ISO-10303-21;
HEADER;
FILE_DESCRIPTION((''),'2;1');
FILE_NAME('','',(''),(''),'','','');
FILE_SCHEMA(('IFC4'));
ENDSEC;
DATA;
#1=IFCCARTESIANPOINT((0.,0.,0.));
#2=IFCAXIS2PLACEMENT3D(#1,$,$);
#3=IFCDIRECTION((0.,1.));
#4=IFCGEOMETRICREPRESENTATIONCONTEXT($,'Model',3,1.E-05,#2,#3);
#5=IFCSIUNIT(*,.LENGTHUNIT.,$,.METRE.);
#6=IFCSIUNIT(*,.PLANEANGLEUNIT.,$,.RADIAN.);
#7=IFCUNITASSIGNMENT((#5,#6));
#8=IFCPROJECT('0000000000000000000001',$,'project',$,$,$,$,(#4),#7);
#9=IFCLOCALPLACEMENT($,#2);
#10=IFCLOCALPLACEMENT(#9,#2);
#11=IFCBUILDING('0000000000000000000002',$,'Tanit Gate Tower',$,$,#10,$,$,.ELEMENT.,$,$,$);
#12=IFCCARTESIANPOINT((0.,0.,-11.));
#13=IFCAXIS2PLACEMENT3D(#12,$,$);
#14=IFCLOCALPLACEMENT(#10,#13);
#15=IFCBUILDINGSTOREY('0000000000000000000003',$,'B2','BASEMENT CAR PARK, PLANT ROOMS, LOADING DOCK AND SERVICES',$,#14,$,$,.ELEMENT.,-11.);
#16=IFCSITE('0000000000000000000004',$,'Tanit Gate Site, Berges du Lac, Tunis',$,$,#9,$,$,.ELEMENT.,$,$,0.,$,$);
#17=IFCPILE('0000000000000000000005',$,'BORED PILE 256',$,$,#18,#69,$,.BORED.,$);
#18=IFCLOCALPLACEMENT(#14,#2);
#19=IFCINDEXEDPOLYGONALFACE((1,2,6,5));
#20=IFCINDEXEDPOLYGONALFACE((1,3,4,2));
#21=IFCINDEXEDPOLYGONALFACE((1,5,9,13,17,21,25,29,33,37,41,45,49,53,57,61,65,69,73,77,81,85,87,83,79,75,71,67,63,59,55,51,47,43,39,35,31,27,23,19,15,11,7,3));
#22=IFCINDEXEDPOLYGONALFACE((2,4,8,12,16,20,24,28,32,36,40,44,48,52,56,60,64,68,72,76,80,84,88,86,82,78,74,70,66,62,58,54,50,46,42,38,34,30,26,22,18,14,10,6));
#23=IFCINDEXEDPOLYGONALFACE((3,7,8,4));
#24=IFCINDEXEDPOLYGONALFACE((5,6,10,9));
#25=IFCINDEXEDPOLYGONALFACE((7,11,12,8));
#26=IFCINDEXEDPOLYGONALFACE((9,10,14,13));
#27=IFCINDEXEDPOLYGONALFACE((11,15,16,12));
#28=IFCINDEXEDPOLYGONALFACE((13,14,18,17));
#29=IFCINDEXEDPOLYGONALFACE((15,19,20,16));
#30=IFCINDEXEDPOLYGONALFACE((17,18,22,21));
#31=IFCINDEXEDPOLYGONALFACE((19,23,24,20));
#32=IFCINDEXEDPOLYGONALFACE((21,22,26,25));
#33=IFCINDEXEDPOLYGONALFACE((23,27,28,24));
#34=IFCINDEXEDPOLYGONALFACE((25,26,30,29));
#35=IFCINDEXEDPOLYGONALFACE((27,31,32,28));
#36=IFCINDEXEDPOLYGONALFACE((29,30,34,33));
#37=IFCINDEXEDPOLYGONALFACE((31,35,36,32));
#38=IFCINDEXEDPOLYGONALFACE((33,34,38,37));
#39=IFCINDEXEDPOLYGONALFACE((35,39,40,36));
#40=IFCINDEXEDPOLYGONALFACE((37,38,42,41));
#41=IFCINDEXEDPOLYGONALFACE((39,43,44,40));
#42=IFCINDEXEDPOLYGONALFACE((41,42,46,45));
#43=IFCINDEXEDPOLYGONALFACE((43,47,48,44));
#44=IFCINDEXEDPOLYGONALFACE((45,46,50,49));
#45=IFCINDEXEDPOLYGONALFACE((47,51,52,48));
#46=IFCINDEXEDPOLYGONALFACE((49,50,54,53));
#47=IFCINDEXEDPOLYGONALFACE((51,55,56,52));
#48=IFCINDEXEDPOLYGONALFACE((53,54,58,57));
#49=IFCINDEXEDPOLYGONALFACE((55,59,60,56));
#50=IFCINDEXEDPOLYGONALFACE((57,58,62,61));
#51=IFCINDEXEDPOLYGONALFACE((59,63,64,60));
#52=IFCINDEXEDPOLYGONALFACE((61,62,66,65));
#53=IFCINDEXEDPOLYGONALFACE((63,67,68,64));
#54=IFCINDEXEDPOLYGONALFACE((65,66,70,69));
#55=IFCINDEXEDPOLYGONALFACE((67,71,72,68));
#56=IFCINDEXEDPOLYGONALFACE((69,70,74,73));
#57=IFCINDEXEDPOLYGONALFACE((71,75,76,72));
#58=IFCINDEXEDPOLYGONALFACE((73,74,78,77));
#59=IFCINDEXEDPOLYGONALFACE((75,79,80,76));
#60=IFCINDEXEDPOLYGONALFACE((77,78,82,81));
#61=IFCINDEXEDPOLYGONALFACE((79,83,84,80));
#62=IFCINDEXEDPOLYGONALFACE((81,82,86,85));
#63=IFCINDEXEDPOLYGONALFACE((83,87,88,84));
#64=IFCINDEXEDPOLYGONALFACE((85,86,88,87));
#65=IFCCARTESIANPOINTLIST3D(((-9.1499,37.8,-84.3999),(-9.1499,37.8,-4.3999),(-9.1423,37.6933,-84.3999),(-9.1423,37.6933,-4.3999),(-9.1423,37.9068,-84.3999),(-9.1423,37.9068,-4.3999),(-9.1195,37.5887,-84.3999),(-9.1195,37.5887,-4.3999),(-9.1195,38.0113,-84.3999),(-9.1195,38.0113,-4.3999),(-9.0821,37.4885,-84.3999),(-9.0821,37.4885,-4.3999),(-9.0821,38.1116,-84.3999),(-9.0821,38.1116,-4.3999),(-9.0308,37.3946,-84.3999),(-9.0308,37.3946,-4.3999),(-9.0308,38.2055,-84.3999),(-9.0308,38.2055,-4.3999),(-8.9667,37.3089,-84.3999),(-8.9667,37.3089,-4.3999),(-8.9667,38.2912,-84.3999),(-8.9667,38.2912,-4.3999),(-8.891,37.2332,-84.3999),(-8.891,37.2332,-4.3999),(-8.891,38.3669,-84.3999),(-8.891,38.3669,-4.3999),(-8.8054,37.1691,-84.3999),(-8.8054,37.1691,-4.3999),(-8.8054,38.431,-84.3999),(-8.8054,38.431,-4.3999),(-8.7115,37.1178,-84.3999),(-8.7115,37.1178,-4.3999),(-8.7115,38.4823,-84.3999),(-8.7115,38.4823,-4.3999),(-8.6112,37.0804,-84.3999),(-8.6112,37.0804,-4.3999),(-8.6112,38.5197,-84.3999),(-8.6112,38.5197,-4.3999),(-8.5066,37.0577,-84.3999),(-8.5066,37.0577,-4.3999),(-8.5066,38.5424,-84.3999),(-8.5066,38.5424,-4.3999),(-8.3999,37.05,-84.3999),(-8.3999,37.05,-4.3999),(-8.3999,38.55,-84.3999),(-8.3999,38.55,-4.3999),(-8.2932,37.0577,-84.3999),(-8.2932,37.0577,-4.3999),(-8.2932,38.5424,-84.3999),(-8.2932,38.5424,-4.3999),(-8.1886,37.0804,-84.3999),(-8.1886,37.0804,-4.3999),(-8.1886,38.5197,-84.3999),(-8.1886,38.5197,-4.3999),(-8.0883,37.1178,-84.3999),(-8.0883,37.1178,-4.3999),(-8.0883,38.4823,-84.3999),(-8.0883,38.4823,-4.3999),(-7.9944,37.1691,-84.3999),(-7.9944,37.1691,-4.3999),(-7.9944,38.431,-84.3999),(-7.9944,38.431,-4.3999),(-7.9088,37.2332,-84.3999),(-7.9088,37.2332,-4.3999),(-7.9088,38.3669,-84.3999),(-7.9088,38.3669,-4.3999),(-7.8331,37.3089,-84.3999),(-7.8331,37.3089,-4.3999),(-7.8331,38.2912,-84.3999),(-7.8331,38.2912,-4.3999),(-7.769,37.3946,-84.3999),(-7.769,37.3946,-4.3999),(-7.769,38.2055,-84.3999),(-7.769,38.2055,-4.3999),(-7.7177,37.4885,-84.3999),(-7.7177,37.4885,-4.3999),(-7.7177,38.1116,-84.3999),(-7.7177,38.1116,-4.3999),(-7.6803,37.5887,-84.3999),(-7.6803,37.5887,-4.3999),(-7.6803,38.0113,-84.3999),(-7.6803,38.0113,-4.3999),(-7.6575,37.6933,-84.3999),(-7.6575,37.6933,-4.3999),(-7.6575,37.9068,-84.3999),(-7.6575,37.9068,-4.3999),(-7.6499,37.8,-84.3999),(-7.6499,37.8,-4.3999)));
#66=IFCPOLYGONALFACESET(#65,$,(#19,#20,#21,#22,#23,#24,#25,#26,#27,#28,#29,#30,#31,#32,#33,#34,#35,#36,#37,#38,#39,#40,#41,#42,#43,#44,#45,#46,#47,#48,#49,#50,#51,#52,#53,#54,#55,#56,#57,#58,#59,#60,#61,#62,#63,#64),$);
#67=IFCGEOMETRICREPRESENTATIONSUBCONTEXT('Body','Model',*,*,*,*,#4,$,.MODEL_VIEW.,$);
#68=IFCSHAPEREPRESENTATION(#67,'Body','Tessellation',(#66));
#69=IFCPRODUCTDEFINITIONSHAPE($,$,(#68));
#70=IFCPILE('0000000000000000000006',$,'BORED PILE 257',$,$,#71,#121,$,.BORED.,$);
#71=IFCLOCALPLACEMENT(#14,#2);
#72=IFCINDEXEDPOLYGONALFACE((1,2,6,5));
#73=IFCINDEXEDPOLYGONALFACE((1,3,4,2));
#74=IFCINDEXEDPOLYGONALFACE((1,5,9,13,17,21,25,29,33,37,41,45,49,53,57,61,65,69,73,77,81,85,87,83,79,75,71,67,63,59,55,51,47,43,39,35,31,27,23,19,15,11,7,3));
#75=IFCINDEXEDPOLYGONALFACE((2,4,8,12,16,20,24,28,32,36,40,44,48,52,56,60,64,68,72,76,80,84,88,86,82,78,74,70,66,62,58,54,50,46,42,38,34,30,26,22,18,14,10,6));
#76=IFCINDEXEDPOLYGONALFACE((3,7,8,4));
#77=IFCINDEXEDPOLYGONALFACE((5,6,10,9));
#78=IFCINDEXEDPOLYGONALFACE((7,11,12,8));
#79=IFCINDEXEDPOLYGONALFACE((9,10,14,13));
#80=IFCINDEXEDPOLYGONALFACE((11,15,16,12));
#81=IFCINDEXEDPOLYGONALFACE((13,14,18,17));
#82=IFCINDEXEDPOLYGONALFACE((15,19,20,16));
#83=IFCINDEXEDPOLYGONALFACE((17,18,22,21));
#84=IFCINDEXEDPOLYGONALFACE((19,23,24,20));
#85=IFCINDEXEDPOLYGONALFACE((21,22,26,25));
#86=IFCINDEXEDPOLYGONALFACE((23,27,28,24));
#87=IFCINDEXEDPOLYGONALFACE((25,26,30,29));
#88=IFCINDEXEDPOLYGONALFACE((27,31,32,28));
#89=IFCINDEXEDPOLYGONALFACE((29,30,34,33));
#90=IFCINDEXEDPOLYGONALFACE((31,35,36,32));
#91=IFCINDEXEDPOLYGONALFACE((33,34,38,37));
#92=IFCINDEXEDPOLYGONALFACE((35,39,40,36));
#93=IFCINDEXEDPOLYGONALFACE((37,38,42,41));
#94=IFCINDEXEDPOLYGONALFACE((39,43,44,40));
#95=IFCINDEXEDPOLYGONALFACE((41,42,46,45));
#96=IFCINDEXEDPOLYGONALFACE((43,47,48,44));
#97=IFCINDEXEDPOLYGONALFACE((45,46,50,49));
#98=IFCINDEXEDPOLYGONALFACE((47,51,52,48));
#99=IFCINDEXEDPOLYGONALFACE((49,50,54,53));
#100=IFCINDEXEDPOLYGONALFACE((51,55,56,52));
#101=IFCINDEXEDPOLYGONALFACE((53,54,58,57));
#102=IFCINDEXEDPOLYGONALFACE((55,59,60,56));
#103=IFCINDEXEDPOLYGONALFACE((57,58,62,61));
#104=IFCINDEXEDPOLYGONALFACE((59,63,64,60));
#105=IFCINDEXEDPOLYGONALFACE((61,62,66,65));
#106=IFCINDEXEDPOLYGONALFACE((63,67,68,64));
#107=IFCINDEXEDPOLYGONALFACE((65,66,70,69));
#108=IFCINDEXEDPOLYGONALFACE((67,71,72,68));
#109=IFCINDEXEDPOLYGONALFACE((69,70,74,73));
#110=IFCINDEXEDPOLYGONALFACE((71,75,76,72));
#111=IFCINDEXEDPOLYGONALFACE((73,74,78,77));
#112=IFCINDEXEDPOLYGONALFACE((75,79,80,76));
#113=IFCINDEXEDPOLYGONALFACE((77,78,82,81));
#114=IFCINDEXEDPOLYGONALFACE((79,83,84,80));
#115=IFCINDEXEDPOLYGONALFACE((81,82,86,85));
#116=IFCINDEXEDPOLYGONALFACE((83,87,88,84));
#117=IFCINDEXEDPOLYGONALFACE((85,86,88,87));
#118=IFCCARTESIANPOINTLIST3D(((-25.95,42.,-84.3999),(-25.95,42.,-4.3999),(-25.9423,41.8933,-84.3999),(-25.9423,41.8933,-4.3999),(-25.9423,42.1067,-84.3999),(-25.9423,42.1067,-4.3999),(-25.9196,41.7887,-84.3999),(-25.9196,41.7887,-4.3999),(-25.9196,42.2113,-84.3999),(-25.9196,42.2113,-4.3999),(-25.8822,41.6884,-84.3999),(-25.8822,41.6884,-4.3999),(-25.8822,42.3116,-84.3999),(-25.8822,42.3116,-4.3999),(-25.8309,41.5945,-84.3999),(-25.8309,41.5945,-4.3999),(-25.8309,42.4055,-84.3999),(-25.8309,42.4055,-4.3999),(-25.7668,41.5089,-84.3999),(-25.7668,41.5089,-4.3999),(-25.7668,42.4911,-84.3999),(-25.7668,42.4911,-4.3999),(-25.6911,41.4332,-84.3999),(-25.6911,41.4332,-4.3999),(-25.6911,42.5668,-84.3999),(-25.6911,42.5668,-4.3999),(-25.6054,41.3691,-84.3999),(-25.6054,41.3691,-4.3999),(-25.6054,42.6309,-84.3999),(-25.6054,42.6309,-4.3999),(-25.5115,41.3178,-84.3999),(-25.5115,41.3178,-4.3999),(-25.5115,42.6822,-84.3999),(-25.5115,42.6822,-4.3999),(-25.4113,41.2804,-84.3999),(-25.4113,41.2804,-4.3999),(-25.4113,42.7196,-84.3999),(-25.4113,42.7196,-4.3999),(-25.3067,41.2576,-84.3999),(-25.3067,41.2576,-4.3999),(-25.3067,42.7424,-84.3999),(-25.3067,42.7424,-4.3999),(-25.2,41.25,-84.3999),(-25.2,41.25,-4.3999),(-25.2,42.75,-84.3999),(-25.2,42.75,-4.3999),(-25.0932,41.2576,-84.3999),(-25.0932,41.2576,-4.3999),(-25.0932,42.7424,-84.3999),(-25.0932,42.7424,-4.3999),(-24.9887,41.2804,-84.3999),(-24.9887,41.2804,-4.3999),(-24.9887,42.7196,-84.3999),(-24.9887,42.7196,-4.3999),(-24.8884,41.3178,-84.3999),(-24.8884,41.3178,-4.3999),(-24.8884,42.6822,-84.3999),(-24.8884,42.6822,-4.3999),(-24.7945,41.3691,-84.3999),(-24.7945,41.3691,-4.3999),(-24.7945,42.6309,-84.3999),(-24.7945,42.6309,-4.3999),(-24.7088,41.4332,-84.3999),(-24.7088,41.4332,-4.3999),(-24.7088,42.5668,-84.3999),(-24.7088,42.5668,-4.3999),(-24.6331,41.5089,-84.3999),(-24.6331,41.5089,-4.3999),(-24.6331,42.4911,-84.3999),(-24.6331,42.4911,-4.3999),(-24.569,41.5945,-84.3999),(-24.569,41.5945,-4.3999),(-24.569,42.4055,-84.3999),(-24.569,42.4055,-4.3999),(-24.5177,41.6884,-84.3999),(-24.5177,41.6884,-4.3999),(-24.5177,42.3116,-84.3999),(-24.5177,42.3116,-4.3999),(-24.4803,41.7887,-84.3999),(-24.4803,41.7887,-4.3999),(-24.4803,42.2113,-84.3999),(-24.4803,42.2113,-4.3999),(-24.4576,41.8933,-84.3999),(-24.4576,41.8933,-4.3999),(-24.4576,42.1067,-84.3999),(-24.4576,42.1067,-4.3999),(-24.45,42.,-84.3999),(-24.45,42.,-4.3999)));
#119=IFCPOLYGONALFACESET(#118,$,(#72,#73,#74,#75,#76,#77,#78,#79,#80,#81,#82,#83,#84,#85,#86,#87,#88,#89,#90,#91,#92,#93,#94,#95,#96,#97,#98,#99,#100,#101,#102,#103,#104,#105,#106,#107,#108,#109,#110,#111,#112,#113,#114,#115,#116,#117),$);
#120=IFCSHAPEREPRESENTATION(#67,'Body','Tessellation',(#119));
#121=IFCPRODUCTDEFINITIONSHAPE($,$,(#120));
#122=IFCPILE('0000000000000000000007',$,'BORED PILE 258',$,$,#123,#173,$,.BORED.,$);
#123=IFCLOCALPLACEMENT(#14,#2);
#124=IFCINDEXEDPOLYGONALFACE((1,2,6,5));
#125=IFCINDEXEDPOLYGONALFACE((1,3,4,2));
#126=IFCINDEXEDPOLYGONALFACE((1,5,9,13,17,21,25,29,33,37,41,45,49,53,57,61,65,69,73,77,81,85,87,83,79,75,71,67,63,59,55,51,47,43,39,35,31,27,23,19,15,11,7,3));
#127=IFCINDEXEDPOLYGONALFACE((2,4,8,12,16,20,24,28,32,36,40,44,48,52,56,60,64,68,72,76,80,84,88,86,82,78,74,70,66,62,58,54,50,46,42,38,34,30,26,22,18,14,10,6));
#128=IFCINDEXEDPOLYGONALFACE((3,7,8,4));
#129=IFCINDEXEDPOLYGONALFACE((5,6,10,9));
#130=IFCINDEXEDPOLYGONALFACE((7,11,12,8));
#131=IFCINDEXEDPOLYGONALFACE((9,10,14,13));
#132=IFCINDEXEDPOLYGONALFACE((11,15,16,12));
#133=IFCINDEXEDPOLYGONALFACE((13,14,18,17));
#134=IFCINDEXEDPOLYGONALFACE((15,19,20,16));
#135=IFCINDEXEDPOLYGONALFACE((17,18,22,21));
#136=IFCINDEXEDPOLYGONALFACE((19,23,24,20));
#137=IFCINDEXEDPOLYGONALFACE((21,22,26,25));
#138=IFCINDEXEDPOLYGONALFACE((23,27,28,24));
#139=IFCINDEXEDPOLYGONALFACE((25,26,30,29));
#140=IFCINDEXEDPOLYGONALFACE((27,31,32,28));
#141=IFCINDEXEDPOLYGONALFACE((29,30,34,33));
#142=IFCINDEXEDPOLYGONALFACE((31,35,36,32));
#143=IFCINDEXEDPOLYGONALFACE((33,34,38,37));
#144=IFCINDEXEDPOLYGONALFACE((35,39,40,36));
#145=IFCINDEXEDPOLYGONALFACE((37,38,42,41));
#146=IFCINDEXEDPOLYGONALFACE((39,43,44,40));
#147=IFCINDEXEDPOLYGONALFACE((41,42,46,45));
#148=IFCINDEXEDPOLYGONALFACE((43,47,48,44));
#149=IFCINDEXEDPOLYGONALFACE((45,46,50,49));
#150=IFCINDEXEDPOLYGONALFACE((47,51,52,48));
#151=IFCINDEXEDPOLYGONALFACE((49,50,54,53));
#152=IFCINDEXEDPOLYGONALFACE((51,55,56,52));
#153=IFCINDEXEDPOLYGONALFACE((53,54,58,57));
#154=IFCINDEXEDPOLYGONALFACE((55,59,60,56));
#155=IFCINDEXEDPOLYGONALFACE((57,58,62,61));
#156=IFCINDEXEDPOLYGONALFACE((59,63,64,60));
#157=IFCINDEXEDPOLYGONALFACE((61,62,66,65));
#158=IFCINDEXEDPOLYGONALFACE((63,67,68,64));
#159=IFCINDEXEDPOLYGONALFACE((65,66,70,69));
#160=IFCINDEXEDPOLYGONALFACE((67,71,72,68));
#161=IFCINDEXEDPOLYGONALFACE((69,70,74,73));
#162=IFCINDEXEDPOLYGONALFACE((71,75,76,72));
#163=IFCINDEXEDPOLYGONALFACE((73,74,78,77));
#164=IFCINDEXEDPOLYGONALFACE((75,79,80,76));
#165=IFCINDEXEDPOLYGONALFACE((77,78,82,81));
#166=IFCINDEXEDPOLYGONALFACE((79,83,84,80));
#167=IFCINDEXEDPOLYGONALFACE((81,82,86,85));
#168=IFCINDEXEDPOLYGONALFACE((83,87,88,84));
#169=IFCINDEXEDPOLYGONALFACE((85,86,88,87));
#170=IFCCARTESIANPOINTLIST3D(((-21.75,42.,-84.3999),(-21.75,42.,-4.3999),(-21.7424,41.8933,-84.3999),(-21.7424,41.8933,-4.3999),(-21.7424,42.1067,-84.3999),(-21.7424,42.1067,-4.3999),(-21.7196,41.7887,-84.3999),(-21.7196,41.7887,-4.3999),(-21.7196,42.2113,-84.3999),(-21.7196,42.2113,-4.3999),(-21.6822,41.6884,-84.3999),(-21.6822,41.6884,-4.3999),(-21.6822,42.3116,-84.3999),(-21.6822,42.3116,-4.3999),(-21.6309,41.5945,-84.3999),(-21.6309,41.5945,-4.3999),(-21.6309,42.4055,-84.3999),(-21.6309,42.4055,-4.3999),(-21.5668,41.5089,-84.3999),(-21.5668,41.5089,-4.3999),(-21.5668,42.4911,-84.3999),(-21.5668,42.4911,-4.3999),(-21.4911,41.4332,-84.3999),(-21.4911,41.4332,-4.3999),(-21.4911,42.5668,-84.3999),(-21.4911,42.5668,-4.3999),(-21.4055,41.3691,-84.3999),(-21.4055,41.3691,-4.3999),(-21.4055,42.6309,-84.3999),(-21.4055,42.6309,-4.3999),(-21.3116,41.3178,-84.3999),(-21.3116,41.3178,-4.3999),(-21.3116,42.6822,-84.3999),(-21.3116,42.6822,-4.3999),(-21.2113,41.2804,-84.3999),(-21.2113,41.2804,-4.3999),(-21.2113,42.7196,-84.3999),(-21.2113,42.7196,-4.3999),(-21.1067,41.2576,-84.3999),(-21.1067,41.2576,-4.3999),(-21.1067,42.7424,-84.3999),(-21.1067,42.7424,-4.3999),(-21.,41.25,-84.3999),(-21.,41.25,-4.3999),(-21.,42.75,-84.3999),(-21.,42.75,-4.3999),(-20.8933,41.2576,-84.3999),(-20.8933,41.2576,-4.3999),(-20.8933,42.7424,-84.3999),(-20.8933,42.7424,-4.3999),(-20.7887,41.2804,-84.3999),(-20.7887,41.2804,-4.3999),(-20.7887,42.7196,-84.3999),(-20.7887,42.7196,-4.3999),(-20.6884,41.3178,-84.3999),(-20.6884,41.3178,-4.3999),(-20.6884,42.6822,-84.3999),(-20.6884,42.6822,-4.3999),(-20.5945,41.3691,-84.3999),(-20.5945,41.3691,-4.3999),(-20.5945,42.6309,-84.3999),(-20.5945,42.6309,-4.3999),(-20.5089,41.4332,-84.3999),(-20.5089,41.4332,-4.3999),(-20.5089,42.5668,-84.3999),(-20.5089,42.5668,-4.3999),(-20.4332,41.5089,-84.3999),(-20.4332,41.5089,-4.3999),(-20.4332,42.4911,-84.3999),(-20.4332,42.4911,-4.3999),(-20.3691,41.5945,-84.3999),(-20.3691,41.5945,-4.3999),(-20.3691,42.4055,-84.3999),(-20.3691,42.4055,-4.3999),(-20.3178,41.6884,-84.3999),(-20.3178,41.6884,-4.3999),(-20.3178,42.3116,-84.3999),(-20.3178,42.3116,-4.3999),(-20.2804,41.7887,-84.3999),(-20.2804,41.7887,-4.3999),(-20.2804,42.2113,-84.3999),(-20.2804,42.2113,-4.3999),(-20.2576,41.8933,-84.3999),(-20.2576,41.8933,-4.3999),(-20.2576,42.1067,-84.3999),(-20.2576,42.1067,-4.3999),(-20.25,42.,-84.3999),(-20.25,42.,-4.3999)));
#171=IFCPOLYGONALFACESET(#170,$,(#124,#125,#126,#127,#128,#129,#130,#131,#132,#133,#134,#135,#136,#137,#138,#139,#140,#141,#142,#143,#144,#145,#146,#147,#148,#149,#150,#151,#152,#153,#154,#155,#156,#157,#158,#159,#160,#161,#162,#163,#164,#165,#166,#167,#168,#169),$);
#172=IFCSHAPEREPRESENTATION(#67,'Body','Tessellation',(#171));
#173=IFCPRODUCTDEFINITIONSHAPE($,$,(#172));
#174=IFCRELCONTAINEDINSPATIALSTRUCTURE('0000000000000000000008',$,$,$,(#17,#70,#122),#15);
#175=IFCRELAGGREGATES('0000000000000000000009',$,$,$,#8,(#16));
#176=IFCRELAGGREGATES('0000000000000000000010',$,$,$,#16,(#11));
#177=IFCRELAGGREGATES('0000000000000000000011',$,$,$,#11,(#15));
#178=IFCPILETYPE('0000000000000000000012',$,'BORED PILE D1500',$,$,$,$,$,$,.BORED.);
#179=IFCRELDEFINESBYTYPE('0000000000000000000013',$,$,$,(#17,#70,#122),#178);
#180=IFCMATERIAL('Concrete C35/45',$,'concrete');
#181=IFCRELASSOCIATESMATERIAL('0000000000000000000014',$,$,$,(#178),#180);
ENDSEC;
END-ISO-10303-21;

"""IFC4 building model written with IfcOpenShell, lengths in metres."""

from ifc_helpers import new_model, si_unit, direction, frame, origin, origin_2d, place, context, subcontext, project, spatial, circle, extrude, material, material_profile, profile_set, type_object, element, save


model = new_model("IFC4")

# Units and contexts
model_context = context("Model", 3, precision=1e-05, world=origin(), true_north=direction((0.0, 1.0)))
body_context = subcontext(model_context, "Body", "Model", "MODEL_VIEW")
ifc_project = project(units=[si_unit("LENGTHUNIT", "METRE"), si_unit("PLANEANGLEUNIT", "RADIAN")], contexts=[model_context])

# Site, building, storey
site_placement = place(None, origin())
site = spatial("IfcSite", under=ifc_project, at=site_placement, Name="Tanit Gate Site, Berges du Lac, Tunis", CompositionType="ELEMENT", RefElevation=0.0)
building_placement = place(site_placement, origin())
building = spatial("IfcBuilding", under=site, at=building_placement, Name="Tanit Gate Tower", CompositionType="ELEMENT")
storey_placement = place(building_placement, frame((0.0, 0.0, -11.0)))
storey = spatial("IfcBuildingStorey", under=building, at=storey_placement, Name="B2", Description="BASEMENT CAR PARK, PLANT ROOMS, LOADING DOCK AND SERVICES", CompositionType="ELEMENT", Elevation=-11.0)

# Piles
ifc_material_1 = material(Name="Concrete C35/45", Category="concrete")
ifc_material_profile_1 = material_profile(ifc_material_1, circle(Radius=0.75, at=origin_2d()), Name="BORED PILE D1500 C35/45")
ifc_profile_set_1 = profile_set([ifc_material_profile_1], Name="Concrete C35/45")
pile_type = type_object("IfcPileType", Name="BORED PILE D1500", PredefinedType="BORED", material=ifc_profile_set_1)
for number, where, z_axis, x_axis, name in (
    (1, (-8.3999, 37.8, -4.3999), (0.0, 0.0, -1.0), (1.0, 0.0, 0.0), "BORED PILE 256"),
    (2, (-25.2, 42.0, -4.3999), (0.0, 0.0, -1.0), (1.0, 0.0, 0.0), "BORED PILE 257"),
    (3, (-21.0, 42.0, -4.3999), (0.0, 0.0, -1.0), (1.0, 0.0, 0.0), "BORED PILE 258"),
):
    element("IfcPile", number, at=place(storey_placement, frame(where, z_axis=z_axis, x_axis=x_axis)), inside=storey, type_object=pile_type, Name=name, PredefinedType="BORED", context=body_context, shape_type="SweptSolid", body=[
        extrude(circle(Radius=0.75, at=origin_2d()), origin(), (0.0, 0.0, 1.0), 80.0),
    ])

save(model, "model.ifc")
